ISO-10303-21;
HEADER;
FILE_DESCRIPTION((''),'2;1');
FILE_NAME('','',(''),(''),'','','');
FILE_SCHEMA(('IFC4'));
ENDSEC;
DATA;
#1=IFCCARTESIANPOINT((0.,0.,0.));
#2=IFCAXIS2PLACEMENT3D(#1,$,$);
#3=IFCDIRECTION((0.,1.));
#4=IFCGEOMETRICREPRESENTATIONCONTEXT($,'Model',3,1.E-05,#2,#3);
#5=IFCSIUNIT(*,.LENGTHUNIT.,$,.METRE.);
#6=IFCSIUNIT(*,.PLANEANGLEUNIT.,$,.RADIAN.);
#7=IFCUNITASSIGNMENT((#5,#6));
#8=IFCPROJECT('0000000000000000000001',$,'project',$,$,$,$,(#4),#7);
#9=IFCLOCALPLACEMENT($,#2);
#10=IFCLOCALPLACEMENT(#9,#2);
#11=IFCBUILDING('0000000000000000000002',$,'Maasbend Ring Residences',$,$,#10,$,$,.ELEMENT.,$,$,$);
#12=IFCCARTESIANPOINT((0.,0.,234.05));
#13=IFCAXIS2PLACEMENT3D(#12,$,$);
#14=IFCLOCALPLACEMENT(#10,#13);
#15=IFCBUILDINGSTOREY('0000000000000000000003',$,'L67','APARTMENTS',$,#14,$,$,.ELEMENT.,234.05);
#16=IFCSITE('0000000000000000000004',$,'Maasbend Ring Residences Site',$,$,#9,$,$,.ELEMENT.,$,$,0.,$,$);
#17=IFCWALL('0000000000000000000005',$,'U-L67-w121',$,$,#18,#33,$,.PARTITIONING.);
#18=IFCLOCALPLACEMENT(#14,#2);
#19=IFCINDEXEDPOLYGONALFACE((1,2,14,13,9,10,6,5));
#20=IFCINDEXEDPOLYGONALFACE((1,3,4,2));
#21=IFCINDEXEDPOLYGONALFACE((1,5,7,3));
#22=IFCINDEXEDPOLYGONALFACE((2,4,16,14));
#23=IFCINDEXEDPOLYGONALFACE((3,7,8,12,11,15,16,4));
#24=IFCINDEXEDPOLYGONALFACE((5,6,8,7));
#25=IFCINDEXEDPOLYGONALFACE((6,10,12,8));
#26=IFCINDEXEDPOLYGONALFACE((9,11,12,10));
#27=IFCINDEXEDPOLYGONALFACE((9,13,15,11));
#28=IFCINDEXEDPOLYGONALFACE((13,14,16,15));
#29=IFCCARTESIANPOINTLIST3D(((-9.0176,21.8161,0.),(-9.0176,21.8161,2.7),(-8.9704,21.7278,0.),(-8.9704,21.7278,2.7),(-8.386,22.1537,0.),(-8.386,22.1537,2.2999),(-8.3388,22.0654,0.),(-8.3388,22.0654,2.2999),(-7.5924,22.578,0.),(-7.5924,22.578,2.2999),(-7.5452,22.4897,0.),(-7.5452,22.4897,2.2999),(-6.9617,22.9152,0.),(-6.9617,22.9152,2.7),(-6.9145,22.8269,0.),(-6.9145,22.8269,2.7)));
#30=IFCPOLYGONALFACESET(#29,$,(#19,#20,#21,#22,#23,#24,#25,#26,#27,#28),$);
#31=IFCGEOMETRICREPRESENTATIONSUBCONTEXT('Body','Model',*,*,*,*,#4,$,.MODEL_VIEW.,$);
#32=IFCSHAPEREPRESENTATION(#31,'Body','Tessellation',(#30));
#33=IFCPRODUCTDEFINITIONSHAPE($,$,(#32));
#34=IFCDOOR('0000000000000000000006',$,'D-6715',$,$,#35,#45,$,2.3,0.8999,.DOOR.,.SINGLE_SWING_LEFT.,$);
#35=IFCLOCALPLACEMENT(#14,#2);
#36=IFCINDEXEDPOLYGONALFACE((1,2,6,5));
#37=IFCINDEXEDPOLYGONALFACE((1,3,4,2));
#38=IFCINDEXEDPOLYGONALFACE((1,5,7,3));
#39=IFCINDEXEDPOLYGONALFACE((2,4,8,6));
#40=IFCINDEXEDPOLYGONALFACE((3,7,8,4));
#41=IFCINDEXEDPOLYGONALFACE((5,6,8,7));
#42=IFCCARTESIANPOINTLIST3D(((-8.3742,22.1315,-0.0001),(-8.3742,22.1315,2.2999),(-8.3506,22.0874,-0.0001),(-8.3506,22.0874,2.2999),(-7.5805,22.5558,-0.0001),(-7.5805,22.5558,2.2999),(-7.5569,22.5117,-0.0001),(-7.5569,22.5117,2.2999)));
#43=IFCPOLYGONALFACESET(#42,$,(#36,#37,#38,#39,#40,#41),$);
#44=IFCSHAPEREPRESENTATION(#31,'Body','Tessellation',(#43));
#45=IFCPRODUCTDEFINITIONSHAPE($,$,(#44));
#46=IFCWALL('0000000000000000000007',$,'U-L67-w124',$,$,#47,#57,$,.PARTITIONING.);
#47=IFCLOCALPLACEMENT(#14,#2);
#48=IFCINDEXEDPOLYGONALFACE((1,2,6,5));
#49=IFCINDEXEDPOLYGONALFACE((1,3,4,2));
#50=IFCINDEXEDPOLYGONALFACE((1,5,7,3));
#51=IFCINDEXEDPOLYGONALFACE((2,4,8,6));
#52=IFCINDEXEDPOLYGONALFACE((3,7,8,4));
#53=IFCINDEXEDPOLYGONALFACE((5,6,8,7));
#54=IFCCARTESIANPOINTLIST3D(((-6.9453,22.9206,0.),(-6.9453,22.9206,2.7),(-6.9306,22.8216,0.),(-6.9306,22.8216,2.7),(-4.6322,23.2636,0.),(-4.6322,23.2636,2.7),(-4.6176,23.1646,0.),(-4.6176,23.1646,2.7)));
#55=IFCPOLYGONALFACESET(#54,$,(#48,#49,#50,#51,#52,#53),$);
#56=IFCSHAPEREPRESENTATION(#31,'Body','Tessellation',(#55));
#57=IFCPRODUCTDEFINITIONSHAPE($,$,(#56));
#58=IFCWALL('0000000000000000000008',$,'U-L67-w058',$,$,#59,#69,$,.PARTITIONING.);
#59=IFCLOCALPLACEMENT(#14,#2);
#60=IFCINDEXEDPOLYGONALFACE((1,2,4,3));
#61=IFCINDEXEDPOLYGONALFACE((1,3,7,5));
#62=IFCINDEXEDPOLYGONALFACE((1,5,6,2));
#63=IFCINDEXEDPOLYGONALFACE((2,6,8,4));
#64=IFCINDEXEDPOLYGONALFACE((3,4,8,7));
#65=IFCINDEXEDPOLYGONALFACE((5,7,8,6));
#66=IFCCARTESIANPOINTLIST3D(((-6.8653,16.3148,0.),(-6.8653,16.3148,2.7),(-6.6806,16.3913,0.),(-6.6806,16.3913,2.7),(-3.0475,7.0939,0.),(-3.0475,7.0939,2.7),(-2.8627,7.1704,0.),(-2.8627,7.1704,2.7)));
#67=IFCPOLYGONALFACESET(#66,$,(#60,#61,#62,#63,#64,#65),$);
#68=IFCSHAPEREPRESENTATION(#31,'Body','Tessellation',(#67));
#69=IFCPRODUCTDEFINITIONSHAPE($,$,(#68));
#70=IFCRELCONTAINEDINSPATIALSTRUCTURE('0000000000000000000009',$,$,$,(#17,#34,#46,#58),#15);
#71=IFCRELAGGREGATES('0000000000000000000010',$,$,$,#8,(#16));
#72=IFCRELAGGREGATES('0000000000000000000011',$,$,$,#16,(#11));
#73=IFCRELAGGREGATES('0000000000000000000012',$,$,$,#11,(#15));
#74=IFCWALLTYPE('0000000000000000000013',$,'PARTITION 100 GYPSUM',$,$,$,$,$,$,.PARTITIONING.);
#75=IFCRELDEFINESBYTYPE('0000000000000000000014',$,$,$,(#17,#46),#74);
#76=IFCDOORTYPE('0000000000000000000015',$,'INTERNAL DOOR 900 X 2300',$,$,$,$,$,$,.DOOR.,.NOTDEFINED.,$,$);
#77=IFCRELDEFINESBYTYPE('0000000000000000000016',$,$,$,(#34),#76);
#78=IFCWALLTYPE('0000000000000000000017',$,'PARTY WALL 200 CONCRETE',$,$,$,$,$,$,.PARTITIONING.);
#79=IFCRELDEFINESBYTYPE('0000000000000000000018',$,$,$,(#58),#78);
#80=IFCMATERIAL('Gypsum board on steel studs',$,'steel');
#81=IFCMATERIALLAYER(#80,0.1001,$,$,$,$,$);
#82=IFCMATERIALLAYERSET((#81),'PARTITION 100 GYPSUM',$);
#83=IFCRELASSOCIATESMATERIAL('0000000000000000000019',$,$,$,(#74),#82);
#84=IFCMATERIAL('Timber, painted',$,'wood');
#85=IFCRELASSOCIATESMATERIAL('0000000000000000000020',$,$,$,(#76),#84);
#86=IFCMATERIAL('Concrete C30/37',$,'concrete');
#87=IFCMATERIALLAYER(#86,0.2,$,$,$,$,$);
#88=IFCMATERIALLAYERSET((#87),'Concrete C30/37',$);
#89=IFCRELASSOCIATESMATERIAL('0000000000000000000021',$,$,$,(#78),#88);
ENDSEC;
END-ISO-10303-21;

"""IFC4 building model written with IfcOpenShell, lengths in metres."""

from ifc_helpers import new_model, si_unit, direction, frame, frame_2d, origin, place, context, subcontext, project, spatial, rectangle, extrude, material, layer, layer_set, type_object, element, fill, save


model = new_model("IFC4")

# Units and contexts
model_context = context("Model", 3, precision=1e-05, world=origin(), true_north=direction((0.0, 1.0)))
body_context = subcontext(model_context, "Body", "Model", "MODEL_VIEW")
ifc_project = project(units=[si_unit("LENGTHUNIT", "METRE"), si_unit("PLANEANGLEUNIT", "RADIAN")], contexts=[model_context])

# Site, building, storey
site_placement = place(None, origin())
site = spatial("IfcSite", under=ifc_project, at=site_placement, Name="Maasbend Ring Residences Site", CompositionType="ELEMENT", RefElevation=0.0)
building_placement = place(site_placement, origin())
building = spatial("IfcBuilding", under=site, at=building_placement, Name="Maasbend Ring Residences", CompositionType="ELEMENT")
storey_placement = place(building_placement, frame((0.0, 0.0, 234.05)))
storey = spatial("IfcBuildingStorey", under=building, at=storey_placement, Name="L67", Description="APARTMENTS", CompositionType="ELEMENT", Elevation=234.05)

# Shared definitions
ifc_material_1 = material(Name="Gypsum board on steel studs", Category="steel")
ifc_layer_1 = layer(ifc_material_1, 0.1001)
ifc_layer_set_1 = layer_set([ifc_layer_1], Name="PARTITION 100 GYPSUM")
wall_type_1 = type_object("IfcWallType", Name="PARTITION 100 GYPSUM", PredefinedType="PARTITIONING", material=ifc_layer_set_1)
ifc_material_2 = material(Name="Timber, painted", Category="wood")
door_type_1 = type_object("IfcDoorType", Name="INTERNAL DOOR 900 X 2300", OperationType="NOTDEFINED", PredefinedType="DOOR", material=ifc_material_2)

# Wall, opening, door
wall_1_placement = place(storey_placement, frame((-8.9939, 21.772, 0.0), z_axis=(0.0, 0.0, 1.0), x_axis=(0.881883, 0.471469, 0.0)))
wall_1 = element("IfcWall", 1, at=wall_1_placement, inside=storey, type_object=wall_type_1, Name="U-L67-w121", PredefinedType="PARTITIONING", context=body_context, shape_type="SweptSolid", body=[
    extrude(rectangle(XDim=2.3313, YDim=0.1001, at=frame_2d((1.1655, 0.0))), origin(), (0.0, 0.0, 1.0), 2.7),
])
opening_1_placement = place(wall_1_placement, frame((0.7161, 0.0, 0.0)))
opening_1 = element("IfcOpeningElement", 2, at=opening_1_placement, cuts=wall_1, PredefinedType="OPENING", context=body_context, shape_type="SweptSolid", body=[
    extrude(rectangle(XDim=0.8999, YDim=2.3, at=frame_2d((0.45, 1.1499))), frame((0.0, 0.0601, 0.0), z_axis=(0.0, -1.0, 0.0), x_axis=(1.0, 0.0, 0.0)), (0.0, 0.0, 1.0), 0.1201),
])
door_1_placement = place(opening_1_placement, origin())
door_1 = element("IfcDoor", 3, at=door_1_placement, inside=storey, type_object=door_type_1, Name="D-6715", OperationType="SINGLE_SWING_LEFT", OverallHeight=2.3, OverallWidth=0.8999, PredefinedType="DOOR", context=body_context, shape_type="SweptSolid", body=[
    extrude(rectangle(XDim=0.8999, YDim=2.3, at=frame_2d((0.45, 1.1499))), frame((0.0, 0.0249, 0.0), z_axis=(0.0, -1.0, 0.0), x_axis=(1.0, 0.0, 0.0)), (0.0, 0.0, 1.0), 0.05),
])
fill(opening_1, door_1)

# Walls
wall_2_placement = place(storey_placement, frame((-6.938, 22.8711, 0.0), z_axis=(0.0, 0.0, 1.0), x_axis=(0.989182, 0.146696, 0.0)))
element("IfcWall", 4, at=wall_2_placement, inside=storey, type_object=wall_type_1, Name="U-L67-w124", PredefinedType="PARTITIONING", context=body_context, shape_type="SweptSolid", body=[
    extrude(rectangle(XDim=2.3384, YDim=0.1001, at=frame_2d((1.1692, 0.0))), origin(), (0.0, 0.0, 1.0), 2.7),
])
ifc_material_3 = material(Name="Concrete C30/37", Category="concrete")
ifc_layer_2 = layer(ifc_material_3, 0.2)
ifc_layer_set_2 = layer_set([ifc_layer_2], Name="Concrete C30/37")
wall_type_2 = type_object("IfcWallType", Name="PARTY WALL 200 CONCRETE", PredefinedType="PARTITIONING", material=ifc_layer_set_2)
wall_3_placement = place(storey_placement, frame((-6.7729, 16.353, 0.0), z_axis=(0.0, 0.0, 1.0), x_axis=(0.382549, -0.923935, 0.0)))
element("IfcWall", 5, at=wall_3_placement, inside=storey, type_object=wall_type_2, Name="U-L67-w058", PredefinedType="PARTITIONING", context=body_context, shape_type="SweptSolid", body=[
    extrude(rectangle(XDim=9.98, YDim=0.2, at=frame_2d((4.99, 0.0))), origin(), (0.0, 0.0, 1.0), 2.7),
])

save(model, "model.ifc")
